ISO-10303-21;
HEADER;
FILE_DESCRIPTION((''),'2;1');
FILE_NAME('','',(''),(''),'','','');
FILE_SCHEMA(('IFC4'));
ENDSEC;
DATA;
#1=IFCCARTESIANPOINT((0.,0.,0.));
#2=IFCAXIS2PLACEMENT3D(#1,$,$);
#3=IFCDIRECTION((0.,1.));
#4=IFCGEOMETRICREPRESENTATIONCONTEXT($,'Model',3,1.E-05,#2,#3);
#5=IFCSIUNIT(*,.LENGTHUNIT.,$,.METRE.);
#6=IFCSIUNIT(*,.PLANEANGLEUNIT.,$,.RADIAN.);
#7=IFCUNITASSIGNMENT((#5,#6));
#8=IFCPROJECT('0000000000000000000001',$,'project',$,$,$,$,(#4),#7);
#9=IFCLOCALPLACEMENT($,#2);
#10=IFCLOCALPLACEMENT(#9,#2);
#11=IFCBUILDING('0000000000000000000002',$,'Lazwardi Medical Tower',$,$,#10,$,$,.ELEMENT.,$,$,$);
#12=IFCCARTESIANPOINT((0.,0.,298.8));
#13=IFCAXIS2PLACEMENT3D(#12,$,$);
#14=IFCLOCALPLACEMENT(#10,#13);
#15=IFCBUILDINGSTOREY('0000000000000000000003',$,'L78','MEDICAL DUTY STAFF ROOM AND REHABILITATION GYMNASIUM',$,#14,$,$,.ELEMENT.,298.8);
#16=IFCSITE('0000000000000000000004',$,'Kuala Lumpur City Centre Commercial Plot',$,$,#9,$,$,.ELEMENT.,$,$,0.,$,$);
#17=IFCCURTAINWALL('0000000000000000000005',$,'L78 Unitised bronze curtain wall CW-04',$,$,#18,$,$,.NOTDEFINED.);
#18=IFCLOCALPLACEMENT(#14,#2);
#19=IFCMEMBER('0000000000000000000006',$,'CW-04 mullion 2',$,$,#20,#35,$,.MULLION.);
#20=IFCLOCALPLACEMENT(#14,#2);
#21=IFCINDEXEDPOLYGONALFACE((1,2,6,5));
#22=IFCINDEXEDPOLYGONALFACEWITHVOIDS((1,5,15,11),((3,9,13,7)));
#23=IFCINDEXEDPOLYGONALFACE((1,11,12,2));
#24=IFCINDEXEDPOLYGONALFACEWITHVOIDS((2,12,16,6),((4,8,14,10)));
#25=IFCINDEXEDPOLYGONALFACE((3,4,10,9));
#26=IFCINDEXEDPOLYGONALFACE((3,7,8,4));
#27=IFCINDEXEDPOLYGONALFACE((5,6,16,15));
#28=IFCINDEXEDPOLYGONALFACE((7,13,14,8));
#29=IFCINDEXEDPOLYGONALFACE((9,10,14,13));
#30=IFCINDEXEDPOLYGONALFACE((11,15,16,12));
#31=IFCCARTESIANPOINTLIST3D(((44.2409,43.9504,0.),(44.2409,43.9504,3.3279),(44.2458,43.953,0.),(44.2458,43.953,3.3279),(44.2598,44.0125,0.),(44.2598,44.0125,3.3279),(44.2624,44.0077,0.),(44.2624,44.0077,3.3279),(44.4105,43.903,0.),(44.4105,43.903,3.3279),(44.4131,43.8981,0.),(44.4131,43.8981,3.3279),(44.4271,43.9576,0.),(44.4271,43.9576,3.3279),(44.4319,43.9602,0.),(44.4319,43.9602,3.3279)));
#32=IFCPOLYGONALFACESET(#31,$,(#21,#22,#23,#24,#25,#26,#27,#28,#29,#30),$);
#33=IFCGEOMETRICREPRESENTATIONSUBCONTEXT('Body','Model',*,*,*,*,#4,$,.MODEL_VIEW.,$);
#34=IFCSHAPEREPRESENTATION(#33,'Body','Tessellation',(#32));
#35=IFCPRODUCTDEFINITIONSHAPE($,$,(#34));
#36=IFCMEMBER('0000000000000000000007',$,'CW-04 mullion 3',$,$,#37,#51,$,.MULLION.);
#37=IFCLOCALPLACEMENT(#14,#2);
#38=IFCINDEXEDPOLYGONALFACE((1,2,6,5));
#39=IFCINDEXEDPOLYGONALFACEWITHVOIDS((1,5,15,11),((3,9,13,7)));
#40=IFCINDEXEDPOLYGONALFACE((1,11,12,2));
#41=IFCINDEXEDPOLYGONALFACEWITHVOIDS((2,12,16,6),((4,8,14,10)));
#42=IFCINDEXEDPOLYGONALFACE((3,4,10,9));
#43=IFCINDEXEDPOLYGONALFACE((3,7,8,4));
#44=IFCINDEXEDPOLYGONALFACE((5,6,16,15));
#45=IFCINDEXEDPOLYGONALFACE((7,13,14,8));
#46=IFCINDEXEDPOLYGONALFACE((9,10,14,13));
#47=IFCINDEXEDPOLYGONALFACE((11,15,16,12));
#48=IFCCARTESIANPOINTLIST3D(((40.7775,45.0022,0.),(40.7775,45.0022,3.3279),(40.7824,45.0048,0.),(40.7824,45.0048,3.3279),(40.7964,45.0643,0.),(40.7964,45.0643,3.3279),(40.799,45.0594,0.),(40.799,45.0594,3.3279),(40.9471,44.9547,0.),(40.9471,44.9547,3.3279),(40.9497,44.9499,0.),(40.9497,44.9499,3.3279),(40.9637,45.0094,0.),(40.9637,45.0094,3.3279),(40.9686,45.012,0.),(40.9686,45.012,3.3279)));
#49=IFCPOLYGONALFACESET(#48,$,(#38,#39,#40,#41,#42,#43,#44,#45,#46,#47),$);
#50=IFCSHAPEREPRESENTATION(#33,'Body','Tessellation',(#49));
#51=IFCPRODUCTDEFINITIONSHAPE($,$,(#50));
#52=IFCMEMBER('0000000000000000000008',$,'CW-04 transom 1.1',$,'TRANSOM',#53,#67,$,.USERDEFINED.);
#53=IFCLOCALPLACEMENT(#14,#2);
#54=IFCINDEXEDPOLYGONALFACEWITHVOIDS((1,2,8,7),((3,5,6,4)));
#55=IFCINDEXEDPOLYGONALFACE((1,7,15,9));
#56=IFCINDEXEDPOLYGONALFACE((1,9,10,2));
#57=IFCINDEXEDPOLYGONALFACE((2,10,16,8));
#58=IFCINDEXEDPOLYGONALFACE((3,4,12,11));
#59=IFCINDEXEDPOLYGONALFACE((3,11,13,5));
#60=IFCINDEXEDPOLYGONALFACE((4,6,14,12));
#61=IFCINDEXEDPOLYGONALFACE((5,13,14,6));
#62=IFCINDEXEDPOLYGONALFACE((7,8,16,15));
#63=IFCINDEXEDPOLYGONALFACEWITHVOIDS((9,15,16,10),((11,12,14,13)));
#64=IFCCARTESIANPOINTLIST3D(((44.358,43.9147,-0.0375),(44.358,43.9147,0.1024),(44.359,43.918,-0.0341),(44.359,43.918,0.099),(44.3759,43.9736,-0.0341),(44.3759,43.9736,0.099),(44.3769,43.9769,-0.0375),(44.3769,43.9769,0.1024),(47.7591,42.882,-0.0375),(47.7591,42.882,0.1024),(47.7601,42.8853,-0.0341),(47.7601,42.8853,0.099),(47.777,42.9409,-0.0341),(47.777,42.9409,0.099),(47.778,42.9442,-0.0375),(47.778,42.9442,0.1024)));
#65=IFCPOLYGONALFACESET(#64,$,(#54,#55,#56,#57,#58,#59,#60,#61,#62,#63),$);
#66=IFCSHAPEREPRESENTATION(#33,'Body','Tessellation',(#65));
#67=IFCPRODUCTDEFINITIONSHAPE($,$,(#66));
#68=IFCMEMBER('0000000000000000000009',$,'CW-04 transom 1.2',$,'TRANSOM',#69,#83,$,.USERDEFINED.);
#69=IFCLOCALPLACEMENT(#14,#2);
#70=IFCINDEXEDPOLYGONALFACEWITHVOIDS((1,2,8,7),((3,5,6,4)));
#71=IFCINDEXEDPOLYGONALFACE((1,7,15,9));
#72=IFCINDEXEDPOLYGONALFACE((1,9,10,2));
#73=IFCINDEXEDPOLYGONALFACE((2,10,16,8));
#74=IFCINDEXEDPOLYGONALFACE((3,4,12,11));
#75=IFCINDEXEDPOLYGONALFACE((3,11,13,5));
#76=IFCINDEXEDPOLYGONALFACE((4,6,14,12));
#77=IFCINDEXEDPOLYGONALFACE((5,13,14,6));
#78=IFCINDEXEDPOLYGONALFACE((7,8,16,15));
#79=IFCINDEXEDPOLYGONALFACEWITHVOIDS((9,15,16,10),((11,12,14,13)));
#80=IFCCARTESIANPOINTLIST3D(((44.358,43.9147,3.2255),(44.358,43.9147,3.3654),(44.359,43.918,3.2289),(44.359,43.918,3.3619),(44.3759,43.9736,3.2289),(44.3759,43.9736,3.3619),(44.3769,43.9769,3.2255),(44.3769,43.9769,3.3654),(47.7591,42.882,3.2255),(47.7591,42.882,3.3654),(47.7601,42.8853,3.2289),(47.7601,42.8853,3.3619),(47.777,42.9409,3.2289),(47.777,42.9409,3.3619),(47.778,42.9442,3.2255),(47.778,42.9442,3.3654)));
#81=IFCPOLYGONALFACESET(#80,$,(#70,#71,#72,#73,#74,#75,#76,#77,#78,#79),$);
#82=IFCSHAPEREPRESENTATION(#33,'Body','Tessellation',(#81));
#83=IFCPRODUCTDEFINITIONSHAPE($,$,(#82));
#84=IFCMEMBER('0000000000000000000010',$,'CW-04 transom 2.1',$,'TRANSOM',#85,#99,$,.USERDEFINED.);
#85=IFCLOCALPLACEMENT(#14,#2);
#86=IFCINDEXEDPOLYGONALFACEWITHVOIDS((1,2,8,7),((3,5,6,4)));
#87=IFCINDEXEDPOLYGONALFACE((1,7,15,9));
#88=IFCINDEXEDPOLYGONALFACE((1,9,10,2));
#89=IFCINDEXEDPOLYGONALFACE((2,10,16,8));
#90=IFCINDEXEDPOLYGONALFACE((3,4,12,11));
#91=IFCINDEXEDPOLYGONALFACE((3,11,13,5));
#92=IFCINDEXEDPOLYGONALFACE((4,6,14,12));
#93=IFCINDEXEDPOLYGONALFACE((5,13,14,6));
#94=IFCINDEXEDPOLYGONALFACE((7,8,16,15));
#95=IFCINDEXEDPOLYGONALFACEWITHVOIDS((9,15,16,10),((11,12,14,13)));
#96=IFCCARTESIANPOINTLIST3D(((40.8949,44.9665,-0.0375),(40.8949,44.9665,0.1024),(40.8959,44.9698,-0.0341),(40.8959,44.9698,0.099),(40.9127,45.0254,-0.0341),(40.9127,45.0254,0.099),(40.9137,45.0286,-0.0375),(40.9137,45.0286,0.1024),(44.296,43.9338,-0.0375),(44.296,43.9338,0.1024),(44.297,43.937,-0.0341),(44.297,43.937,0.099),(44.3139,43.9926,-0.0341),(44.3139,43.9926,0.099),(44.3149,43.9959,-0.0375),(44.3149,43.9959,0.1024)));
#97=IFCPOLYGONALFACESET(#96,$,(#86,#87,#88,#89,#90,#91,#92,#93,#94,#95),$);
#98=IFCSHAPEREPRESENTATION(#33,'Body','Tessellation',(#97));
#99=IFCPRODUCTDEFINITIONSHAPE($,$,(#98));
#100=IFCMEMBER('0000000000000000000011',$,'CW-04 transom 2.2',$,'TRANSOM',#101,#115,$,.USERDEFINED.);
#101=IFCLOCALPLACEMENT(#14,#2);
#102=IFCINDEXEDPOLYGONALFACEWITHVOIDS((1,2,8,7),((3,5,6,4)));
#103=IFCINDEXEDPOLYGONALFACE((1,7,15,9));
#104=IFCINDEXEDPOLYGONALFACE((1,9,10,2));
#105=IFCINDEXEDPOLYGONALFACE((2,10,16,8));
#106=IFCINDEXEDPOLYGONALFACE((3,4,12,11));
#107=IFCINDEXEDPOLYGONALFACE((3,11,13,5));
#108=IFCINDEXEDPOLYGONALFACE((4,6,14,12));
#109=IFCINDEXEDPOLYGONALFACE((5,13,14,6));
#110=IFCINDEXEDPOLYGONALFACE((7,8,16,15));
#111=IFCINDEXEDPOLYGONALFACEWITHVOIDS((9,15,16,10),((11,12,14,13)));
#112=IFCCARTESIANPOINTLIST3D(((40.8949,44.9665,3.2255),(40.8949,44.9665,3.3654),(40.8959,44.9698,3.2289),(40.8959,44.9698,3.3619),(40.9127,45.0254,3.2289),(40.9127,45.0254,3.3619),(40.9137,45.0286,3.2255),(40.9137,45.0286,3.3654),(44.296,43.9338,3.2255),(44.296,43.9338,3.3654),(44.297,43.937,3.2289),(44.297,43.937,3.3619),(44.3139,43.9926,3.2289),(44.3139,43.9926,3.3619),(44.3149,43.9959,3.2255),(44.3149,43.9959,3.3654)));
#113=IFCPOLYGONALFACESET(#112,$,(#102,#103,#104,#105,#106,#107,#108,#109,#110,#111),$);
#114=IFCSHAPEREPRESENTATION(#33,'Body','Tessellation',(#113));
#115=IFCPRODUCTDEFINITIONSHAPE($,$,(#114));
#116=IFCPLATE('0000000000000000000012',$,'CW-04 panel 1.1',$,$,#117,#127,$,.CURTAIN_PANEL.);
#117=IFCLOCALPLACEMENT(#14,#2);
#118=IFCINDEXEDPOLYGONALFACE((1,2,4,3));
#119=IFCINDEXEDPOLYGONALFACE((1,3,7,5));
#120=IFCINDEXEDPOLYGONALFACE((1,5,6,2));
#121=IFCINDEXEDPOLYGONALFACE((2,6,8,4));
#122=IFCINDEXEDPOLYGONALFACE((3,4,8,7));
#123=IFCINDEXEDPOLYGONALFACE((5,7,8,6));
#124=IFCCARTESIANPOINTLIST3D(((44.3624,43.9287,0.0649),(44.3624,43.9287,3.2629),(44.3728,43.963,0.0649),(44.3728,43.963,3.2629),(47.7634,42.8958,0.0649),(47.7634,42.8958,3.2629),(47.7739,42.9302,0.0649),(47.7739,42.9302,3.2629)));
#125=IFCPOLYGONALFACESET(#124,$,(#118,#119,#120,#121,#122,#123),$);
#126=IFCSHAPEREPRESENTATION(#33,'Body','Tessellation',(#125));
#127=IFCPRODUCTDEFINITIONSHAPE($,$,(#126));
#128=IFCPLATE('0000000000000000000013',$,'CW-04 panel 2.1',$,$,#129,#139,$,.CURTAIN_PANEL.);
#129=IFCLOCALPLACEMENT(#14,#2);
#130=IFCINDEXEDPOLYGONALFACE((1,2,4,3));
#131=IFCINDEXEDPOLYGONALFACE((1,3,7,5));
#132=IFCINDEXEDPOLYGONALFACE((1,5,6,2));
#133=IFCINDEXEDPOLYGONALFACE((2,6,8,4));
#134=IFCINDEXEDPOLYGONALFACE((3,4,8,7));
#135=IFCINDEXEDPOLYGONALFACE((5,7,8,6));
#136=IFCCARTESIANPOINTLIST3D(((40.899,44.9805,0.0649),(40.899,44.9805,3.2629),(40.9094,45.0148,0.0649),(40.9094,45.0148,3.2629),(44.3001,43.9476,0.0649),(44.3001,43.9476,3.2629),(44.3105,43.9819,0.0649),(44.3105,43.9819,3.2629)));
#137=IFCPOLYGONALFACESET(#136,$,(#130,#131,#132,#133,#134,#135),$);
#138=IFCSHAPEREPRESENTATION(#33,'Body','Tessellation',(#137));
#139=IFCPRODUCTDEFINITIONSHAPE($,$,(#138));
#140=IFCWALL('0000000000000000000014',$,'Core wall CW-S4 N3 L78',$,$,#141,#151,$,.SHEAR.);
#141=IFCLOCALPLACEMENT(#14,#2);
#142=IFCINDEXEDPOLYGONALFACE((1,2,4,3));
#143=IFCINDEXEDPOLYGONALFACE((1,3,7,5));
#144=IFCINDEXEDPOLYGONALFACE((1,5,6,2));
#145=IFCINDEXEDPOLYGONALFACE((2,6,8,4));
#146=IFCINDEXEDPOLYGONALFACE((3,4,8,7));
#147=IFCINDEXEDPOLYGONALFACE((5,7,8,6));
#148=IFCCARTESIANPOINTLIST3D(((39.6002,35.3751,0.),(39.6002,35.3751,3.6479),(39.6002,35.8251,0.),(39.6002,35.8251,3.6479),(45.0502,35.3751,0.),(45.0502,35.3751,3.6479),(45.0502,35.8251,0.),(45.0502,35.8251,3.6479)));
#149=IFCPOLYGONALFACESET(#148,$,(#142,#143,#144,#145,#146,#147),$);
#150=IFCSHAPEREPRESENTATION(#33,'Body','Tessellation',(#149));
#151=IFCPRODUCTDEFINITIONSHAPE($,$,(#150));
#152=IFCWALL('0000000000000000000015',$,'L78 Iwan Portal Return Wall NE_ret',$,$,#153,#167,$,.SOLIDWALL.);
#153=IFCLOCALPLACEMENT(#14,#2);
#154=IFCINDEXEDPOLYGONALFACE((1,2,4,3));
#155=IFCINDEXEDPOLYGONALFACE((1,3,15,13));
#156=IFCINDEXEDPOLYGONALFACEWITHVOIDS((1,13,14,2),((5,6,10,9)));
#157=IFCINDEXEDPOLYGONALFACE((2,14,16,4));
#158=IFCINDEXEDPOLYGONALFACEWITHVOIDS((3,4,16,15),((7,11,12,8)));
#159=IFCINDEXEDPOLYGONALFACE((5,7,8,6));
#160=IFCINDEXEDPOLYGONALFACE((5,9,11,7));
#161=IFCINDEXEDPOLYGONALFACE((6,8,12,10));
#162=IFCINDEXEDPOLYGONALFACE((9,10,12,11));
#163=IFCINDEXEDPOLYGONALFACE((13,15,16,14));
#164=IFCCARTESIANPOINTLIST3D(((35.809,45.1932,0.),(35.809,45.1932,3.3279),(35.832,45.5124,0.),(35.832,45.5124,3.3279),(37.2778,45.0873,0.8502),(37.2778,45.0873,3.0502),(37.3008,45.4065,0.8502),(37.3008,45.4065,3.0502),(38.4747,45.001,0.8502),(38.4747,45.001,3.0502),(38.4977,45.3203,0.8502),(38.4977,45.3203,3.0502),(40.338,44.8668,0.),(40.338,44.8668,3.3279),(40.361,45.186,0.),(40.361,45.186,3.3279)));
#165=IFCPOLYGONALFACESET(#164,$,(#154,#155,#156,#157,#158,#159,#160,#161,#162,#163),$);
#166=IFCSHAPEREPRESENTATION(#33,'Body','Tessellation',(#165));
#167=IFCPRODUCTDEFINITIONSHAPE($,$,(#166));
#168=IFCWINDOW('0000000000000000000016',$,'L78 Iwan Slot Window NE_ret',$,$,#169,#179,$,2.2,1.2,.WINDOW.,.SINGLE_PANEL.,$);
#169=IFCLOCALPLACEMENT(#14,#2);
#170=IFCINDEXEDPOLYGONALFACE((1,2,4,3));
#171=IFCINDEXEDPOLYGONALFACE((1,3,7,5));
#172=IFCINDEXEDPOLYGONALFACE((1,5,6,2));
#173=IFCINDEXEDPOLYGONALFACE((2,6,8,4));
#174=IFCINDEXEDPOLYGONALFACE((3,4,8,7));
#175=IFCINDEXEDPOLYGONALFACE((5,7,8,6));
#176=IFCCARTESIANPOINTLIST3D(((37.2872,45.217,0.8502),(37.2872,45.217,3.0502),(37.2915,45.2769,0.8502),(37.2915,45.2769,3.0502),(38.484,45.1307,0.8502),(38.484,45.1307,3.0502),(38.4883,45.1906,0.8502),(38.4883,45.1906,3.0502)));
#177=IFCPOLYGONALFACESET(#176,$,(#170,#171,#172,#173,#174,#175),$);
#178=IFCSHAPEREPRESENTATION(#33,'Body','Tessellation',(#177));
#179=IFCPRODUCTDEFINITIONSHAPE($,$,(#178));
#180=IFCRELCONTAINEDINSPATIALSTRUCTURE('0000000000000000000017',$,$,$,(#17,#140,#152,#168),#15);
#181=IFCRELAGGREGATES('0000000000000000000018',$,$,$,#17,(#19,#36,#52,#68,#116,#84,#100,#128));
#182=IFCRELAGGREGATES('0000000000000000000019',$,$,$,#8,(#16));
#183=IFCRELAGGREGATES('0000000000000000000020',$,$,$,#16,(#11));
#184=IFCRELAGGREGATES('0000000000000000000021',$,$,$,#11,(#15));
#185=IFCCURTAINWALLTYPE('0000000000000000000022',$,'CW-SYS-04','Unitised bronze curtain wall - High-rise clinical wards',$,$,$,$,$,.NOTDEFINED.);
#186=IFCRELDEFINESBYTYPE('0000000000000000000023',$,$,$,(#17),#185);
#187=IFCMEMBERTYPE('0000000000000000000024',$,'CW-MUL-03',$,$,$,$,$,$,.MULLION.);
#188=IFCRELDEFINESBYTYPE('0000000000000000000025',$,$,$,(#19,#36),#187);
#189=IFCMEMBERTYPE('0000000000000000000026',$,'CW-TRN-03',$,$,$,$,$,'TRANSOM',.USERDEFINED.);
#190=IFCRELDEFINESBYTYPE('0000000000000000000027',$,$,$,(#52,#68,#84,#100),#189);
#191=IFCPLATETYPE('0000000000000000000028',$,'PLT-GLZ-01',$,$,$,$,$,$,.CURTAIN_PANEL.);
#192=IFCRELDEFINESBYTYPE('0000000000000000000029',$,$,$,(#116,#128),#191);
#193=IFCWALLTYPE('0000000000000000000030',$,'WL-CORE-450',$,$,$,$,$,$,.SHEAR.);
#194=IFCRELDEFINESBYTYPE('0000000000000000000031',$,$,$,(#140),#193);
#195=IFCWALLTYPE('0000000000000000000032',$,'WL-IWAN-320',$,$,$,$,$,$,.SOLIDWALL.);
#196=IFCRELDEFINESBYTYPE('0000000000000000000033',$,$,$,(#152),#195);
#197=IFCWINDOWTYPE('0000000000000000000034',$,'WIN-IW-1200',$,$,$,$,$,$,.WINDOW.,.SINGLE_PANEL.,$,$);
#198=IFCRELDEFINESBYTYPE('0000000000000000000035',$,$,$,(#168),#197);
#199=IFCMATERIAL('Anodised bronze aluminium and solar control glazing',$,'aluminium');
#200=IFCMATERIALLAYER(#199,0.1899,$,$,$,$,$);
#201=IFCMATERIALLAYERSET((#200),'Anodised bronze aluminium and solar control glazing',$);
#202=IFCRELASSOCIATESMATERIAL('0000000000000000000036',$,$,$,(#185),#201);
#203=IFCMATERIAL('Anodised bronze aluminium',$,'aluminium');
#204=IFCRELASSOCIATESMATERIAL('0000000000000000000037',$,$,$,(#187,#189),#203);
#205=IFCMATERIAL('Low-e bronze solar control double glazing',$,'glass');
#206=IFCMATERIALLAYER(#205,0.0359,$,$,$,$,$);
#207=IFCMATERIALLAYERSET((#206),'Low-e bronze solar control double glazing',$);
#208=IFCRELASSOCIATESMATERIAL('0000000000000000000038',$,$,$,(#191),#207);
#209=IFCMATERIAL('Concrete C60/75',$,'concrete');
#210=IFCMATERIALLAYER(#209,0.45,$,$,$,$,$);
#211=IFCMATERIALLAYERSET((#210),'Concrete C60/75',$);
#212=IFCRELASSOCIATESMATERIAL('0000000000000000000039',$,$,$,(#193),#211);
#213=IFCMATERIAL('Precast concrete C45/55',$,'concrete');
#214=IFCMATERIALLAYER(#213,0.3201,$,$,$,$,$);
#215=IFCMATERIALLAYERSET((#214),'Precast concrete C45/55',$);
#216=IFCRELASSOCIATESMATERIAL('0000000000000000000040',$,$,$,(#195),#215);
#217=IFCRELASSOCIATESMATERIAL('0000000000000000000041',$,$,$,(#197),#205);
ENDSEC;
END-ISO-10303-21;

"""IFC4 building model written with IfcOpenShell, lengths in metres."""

from ifc_helpers import new_model, si_unit, direction, frame, frame_2d, origin, origin_2d, place, context, subcontext, project, spatial, rectangle, hollow_rectangle, extrude, material, layer, layer_set, material_profile, profile_set, type_object, element, fill, aggregate, save


model = new_model("IFC4")

# Units and contexts
model_context = context("Model", 3, precision=1e-05, world=origin(), true_north=direction((0.0, 1.0)))
body_context = subcontext(model_context, "Body", "Model", "MODEL_VIEW")
ifc_project = project(units=[si_unit("LENGTHUNIT", "METRE"), si_unit("PLANEANGLEUNIT", "RADIAN")], contexts=[model_context])

# Site, building, storey
site_placement = place(None, origin())
site = spatial("IfcSite", under=ifc_project, at=site_placement, Name="Kuala Lumpur City Centre Commercial Plot", CompositionType="ELEMENT", RefElevation=0.0)
building_placement = place(site_placement, origin())
building = spatial("IfcBuilding", under=site, at=building_placement, Name="Lazwardi Medical Tower", CompositionType="ELEMENT")
storey_placement = place(building_placement, frame((0.0, 0.0, 298.8)))
storey = spatial("IfcBuildingStorey", under=building, at=storey_placement, Name="L78", Description="MEDICAL DUTY STAFF ROOM AND REHABILITATION GYMNASIUM", CompositionType="ELEMENT", Elevation=298.8)

# Shared definitions
ifc_material_1 = material(Name="Concrete C60/75", Category="concrete")

# Curtain wall, members, plates
ifc_material_2 = material(Name="Anodised bronze aluminium and solar control glazing", Category="aluminium")
ifc_layer_1 = layer(ifc_material_2, 0.1899)
ifc_layer_set_1 = layer_set([ifc_layer_1], Name="Anodised bronze aluminium and solar control glazing")
curtain_wall_type = type_object("IfcCurtainWallType", Name="CW-SYS-04", Description="Unitised bronze curtain wall - High-rise clinical wards", PredefinedType="NOTDEFINED", material=ifc_layer_set_1)
curtain_wall_placement = place(storey_placement, origin())
curtain_wall = element("IfcCurtainWall", 1, at=curtain_wall_placement, inside=storey, type_object=curtain_wall_type, Name="L78 Unitised bronze curtain wall CW-04", PredefinedType="NOTDEFINED")
ifc_material_3 = material(Name="Anodised bronze aluminium", Category="aluminium")
ifc_material_profile_1 = material_profile(ifc_material_3, hollow_rectangle(XDim=0.0649, YDim=0.1799, WallThickness=0.0039, at=origin_2d()), Name="ALU-MULLION 180x65x4")
ifc_profile_set_1 = profile_set([ifc_material_profile_1], Name="Anodised bronze aluminium")
member_type_1 = type_object("IfcMemberType", Name="CW-MUL-03", PredefinedType="MULLION", material=ifc_profile_set_1)
member_1_placement = place(storey_placement, frame((44.3364, 43.9553, 0.0), z_axis=(0.0, 0.0, 1.0), x_axis=(-0.290582, -0.95685, 0.0)))
member_1 = element("IfcMember", 2, at=member_1_placement, type_object=member_type_1, Name="CW-04 mullion 2", PredefinedType="MULLION", context=body_context, shape_type="SweptSolid", body=[
    extrude(hollow_rectangle(XDim=0.0649, YDim=0.1799, WallThickness=0.0039, at=origin_2d()), origin(), (0.0, 0.0, 1.0), 3.3279),
])
member_2_placement = place(storey_placement, frame((40.873, 45.0071, 0.0), z_axis=(0.0, 0.0, 1.0), x_axis=(-0.290582, -0.95685, 0.0)))
member_2 = element("IfcMember", 3, at=member_2_placement, type_object=member_type_1, Name="CW-04 mullion 3", PredefinedType="MULLION", context=body_context, shape_type="SweptSolid", body=[
    extrude(hollow_rectangle(XDim=0.0649, YDim=0.1799, WallThickness=0.0039, at=origin_2d()), origin(), (0.0, 0.0, 1.0), 3.3279),
])
ifc_material_profile_2 = material_profile(ifc_material_3, hollow_rectangle(XDim=0.0649, YDim=0.1399, WallThickness=0.0034, at=origin_2d()), Name="ALU-TRANSOM 140x65x3.5")
ifc_profile_set_2 = profile_set([ifc_material_profile_2], Name="Anodised bronze aluminium")
member_type_2 = type_object("IfcMemberType", Name="CW-TRN-03", ElementType="TRANSOM", PredefinedType="USERDEFINED", material=ifc_profile_set_2)
member_3_placement = place(storey_placement, frame((47.7686, 42.9131, 0.0325), z_axis=(-0.956863, 0.290541, 0.0), x_axis=(-0.290541, -0.956863, 0.0)))
member_3 = element("IfcMember", 4, at=member_3_placement, type_object=member_type_2, Name="CW-04 transom 1.1", ObjectType="TRANSOM", PredefinedType="USERDEFINED", context=body_context, shape_type="SweptSolid", body=[
    extrude(hollow_rectangle(XDim=0.0649, YDim=0.1399, WallThickness=0.0034, at=origin_2d()), origin(), (0.0, 0.0, 1.0), 3.5544),
])
member_4_placement = place(storey_placement, frame((47.7686, 42.9131, 3.2954), z_axis=(-0.956863, 0.290541, 0.0), x_axis=(-0.290541, -0.956863, 0.0)))
member_4 = element("IfcMember", 5, at=member_4_placement, type_object=member_type_2, Name="CW-04 transom 1.2", ObjectType="TRANSOM", PredefinedType="USERDEFINED", context=body_context, shape_type="SweptSolid", body=[
    extrude(hollow_rectangle(XDim=0.0649, YDim=0.1399, WallThickness=0.0034, at=origin_2d()), origin(), (0.0, 0.0, 1.0), 3.5544),
])
member_5_placement = place(storey_placement, frame((44.3054, 43.9648, 0.0325), z_axis=(-0.956863, 0.290541, 0.0), x_axis=(-0.290541, -0.956863, 0.0)))
member_5 = element("IfcMember", 6, at=member_5_placement, type_object=member_type_2, Name="CW-04 transom 2.1", ObjectType="TRANSOM", PredefinedType="USERDEFINED", context=body_context, shape_type="SweptSolid", body=[
    extrude(hollow_rectangle(XDim=0.0649, YDim=0.1399, WallThickness=0.0034, at=origin_2d()), origin(), (0.0, 0.0, 1.0), 3.5544),
])
member_6_placement = place(storey_placement, frame((44.3054, 43.9648, 3.2954), z_axis=(-0.956863, 0.290541, 0.0), x_axis=(-0.290541, -0.956863, 0.0)))
member_6 = element("IfcMember", 7, at=member_6_placement, type_object=member_type_2, Name="CW-04 transom 2.2", ObjectType="TRANSOM", PredefinedType="USERDEFINED", context=body_context, shape_type="SweptSolid", body=[
    extrude(hollow_rectangle(XDim=0.0649, YDim=0.1399, WallThickness=0.0034, at=origin_2d()), origin(), (0.0, 0.0, 1.0), 3.5544),
])
ifc_material_4 = material(Name="Low-e bronze solar control double glazing", Category="glass")
ifc_layer_2 = layer(ifc_material_4, 0.0359)
ifc_layer_set_2 = layer_set([ifc_layer_2], Name="Low-e bronze solar control double glazing")
plate_type = type_object("IfcPlateType", Name="PLT-GLZ-01", PredefinedType="CURTAIN_PANEL", material=ifc_layer_set_2)
plate_1_placement = place(storey_placement, frame((46.0681, 43.4294, 0.0649), z_axis=(0.0, 0.0, 1.0), x_axis=(-0.95685, 0.290582, 0.0)))
plate_1 = element("IfcPlate", 8, at=plate_1_placement, type_object=plate_type, Name="CW-04 panel 1.1", PredefinedType="CURTAIN_PANEL", context=body_context, shape_type="SweptSolid", body=[
    extrude(rectangle(XDim=3.5544, YDim=0.0359, at=origin_2d()), origin(), (0.0, 0.0, 1.0), 3.198),
])
plate_2_placement = place(storey_placement, frame((42.6047, 44.4812, 0.0649), z_axis=(0.0, 0.0, 1.0), x_axis=(-0.95685, 0.290582, 0.0)))
plate_2 = element("IfcPlate", 9, at=plate_2_placement, type_object=plate_type, Name="CW-04 panel 2.1", PredefinedType="CURTAIN_PANEL", context=body_context, shape_type="SweptSolid", body=[
    extrude(rectangle(XDim=3.5544, YDim=0.0359, at=origin_2d()), origin(), (0.0, 0.0, 1.0), 3.198),
])
aggregate(curtain_wall, [member_1, member_2, member_3, member_4, plate_1, member_5, member_6, plate_2])

# Wall
ifc_layer_3 = layer(ifc_material_1, 0.45)
ifc_layer_set_3 = layer_set([ifc_layer_3], Name="Concrete C60/75")
wall_type_1 = type_object("IfcWallType", Name="WL-CORE-450", PredefinedType="SHEAR", material=ifc_layer_set_3)
wall_1_placement = place(storey_placement, frame((39.6001, 35.6001, 0.0), z_axis=(0.0, 0.0, 1.0), x_axis=(1.0, 0.0, 0.0)))
element("IfcWall", 10, at=wall_1_placement, inside=storey, type_object=wall_type_1, Name="Core wall CW-S4 N3 L78", PredefinedType="SHEAR", context=body_context, shape_type="SweptSolid", body=[
    extrude(rectangle(XDim=5.45, YDim=0.45, at=frame_2d((2.7251, 0.0))), origin(), (0.0, 0.0, 1.0), 3.6479),
])

# Wall, opening, window
ifc_material_5 = material(Name="Precast concrete C45/55", Category="concrete")
ifc_layer_4 = layer(ifc_material_5, 0.3201)
ifc_layer_set_4 = layer_set([ifc_layer_4], Name="Precast concrete C45/55")
wall_type_2 = type_object("IfcWallType", Name="WL-IWAN-320", PredefinedType="SOLIDWALL", material=ifc_layer_set_4)
wall_2_placement = place(storey_placement, frame((40.3496, 45.0264, 0.0), z_axis=(0.0, 0.0, 1.0), x_axis=(-0.997413, 0.071885, 0.0)))
wall_2 = element("IfcWall", 11, at=wall_2_placement, inside=storey, type_object=wall_type_2, Name="L78 Iwan Portal Return Wall NE_ret", PredefinedType="SOLIDWALL", context=body_context, shape_type="SweptSolid", body=[
    extrude(rectangle(XDim=4.5408, YDim=0.3201, at=frame_2d((2.2705, 0.0))), origin(), (0.0, 0.0, 1.0), 3.3279),
])
opening_placement = place(wall_2_placement, frame((1.8682, 0.0, 0.8501)))
opening = element("IfcOpeningElement", 12, at=opening_placement, cuts=wall_2, PredefinedType="OPENING", context=body_context, shape_type="SweptSolid", body=[
    extrude(rectangle(XDim=1.2, YDim=2.2, at=frame_2d((0.6001, 1.1001))), frame((0.0, 0.1699, 0.0), z_axis=(0.0, -1.0, 0.0), x_axis=(1.0, 0.0, 0.0)), (0.0, 0.0, 1.0), 0.3401),
])
window_type = type_object("IfcWindowType", Name="WIN-IW-1200", PartitioningType="SINGLE_PANEL", PredefinedType="WINDOW", material=ifc_material_4)
window_placement = place(opening_placement, origin())
window = element("IfcWindow", 13, at=window_placement, inside=storey, type_object=window_type, Name="L78 Iwan Slot Window NE_ret", OverallHeight=2.2, OverallWidth=1.2, PartitioningType="SINGLE_PANEL", PredefinedType="WINDOW", context=body_context, shape_type="SweptSolid", body=[
    extrude(rectangle(XDim=1.2, YDim=2.2, at=frame_2d((0.6001, 1.1001))), frame((0.0, 0.03, 0.0), z_axis=(0.0, -1.0, 0.0), x_axis=(1.0, 0.0, 0.0)), (0.0, 0.0, 1.0), 0.0601),
])
fill(opening, window)

save(model, "model.ifc")
